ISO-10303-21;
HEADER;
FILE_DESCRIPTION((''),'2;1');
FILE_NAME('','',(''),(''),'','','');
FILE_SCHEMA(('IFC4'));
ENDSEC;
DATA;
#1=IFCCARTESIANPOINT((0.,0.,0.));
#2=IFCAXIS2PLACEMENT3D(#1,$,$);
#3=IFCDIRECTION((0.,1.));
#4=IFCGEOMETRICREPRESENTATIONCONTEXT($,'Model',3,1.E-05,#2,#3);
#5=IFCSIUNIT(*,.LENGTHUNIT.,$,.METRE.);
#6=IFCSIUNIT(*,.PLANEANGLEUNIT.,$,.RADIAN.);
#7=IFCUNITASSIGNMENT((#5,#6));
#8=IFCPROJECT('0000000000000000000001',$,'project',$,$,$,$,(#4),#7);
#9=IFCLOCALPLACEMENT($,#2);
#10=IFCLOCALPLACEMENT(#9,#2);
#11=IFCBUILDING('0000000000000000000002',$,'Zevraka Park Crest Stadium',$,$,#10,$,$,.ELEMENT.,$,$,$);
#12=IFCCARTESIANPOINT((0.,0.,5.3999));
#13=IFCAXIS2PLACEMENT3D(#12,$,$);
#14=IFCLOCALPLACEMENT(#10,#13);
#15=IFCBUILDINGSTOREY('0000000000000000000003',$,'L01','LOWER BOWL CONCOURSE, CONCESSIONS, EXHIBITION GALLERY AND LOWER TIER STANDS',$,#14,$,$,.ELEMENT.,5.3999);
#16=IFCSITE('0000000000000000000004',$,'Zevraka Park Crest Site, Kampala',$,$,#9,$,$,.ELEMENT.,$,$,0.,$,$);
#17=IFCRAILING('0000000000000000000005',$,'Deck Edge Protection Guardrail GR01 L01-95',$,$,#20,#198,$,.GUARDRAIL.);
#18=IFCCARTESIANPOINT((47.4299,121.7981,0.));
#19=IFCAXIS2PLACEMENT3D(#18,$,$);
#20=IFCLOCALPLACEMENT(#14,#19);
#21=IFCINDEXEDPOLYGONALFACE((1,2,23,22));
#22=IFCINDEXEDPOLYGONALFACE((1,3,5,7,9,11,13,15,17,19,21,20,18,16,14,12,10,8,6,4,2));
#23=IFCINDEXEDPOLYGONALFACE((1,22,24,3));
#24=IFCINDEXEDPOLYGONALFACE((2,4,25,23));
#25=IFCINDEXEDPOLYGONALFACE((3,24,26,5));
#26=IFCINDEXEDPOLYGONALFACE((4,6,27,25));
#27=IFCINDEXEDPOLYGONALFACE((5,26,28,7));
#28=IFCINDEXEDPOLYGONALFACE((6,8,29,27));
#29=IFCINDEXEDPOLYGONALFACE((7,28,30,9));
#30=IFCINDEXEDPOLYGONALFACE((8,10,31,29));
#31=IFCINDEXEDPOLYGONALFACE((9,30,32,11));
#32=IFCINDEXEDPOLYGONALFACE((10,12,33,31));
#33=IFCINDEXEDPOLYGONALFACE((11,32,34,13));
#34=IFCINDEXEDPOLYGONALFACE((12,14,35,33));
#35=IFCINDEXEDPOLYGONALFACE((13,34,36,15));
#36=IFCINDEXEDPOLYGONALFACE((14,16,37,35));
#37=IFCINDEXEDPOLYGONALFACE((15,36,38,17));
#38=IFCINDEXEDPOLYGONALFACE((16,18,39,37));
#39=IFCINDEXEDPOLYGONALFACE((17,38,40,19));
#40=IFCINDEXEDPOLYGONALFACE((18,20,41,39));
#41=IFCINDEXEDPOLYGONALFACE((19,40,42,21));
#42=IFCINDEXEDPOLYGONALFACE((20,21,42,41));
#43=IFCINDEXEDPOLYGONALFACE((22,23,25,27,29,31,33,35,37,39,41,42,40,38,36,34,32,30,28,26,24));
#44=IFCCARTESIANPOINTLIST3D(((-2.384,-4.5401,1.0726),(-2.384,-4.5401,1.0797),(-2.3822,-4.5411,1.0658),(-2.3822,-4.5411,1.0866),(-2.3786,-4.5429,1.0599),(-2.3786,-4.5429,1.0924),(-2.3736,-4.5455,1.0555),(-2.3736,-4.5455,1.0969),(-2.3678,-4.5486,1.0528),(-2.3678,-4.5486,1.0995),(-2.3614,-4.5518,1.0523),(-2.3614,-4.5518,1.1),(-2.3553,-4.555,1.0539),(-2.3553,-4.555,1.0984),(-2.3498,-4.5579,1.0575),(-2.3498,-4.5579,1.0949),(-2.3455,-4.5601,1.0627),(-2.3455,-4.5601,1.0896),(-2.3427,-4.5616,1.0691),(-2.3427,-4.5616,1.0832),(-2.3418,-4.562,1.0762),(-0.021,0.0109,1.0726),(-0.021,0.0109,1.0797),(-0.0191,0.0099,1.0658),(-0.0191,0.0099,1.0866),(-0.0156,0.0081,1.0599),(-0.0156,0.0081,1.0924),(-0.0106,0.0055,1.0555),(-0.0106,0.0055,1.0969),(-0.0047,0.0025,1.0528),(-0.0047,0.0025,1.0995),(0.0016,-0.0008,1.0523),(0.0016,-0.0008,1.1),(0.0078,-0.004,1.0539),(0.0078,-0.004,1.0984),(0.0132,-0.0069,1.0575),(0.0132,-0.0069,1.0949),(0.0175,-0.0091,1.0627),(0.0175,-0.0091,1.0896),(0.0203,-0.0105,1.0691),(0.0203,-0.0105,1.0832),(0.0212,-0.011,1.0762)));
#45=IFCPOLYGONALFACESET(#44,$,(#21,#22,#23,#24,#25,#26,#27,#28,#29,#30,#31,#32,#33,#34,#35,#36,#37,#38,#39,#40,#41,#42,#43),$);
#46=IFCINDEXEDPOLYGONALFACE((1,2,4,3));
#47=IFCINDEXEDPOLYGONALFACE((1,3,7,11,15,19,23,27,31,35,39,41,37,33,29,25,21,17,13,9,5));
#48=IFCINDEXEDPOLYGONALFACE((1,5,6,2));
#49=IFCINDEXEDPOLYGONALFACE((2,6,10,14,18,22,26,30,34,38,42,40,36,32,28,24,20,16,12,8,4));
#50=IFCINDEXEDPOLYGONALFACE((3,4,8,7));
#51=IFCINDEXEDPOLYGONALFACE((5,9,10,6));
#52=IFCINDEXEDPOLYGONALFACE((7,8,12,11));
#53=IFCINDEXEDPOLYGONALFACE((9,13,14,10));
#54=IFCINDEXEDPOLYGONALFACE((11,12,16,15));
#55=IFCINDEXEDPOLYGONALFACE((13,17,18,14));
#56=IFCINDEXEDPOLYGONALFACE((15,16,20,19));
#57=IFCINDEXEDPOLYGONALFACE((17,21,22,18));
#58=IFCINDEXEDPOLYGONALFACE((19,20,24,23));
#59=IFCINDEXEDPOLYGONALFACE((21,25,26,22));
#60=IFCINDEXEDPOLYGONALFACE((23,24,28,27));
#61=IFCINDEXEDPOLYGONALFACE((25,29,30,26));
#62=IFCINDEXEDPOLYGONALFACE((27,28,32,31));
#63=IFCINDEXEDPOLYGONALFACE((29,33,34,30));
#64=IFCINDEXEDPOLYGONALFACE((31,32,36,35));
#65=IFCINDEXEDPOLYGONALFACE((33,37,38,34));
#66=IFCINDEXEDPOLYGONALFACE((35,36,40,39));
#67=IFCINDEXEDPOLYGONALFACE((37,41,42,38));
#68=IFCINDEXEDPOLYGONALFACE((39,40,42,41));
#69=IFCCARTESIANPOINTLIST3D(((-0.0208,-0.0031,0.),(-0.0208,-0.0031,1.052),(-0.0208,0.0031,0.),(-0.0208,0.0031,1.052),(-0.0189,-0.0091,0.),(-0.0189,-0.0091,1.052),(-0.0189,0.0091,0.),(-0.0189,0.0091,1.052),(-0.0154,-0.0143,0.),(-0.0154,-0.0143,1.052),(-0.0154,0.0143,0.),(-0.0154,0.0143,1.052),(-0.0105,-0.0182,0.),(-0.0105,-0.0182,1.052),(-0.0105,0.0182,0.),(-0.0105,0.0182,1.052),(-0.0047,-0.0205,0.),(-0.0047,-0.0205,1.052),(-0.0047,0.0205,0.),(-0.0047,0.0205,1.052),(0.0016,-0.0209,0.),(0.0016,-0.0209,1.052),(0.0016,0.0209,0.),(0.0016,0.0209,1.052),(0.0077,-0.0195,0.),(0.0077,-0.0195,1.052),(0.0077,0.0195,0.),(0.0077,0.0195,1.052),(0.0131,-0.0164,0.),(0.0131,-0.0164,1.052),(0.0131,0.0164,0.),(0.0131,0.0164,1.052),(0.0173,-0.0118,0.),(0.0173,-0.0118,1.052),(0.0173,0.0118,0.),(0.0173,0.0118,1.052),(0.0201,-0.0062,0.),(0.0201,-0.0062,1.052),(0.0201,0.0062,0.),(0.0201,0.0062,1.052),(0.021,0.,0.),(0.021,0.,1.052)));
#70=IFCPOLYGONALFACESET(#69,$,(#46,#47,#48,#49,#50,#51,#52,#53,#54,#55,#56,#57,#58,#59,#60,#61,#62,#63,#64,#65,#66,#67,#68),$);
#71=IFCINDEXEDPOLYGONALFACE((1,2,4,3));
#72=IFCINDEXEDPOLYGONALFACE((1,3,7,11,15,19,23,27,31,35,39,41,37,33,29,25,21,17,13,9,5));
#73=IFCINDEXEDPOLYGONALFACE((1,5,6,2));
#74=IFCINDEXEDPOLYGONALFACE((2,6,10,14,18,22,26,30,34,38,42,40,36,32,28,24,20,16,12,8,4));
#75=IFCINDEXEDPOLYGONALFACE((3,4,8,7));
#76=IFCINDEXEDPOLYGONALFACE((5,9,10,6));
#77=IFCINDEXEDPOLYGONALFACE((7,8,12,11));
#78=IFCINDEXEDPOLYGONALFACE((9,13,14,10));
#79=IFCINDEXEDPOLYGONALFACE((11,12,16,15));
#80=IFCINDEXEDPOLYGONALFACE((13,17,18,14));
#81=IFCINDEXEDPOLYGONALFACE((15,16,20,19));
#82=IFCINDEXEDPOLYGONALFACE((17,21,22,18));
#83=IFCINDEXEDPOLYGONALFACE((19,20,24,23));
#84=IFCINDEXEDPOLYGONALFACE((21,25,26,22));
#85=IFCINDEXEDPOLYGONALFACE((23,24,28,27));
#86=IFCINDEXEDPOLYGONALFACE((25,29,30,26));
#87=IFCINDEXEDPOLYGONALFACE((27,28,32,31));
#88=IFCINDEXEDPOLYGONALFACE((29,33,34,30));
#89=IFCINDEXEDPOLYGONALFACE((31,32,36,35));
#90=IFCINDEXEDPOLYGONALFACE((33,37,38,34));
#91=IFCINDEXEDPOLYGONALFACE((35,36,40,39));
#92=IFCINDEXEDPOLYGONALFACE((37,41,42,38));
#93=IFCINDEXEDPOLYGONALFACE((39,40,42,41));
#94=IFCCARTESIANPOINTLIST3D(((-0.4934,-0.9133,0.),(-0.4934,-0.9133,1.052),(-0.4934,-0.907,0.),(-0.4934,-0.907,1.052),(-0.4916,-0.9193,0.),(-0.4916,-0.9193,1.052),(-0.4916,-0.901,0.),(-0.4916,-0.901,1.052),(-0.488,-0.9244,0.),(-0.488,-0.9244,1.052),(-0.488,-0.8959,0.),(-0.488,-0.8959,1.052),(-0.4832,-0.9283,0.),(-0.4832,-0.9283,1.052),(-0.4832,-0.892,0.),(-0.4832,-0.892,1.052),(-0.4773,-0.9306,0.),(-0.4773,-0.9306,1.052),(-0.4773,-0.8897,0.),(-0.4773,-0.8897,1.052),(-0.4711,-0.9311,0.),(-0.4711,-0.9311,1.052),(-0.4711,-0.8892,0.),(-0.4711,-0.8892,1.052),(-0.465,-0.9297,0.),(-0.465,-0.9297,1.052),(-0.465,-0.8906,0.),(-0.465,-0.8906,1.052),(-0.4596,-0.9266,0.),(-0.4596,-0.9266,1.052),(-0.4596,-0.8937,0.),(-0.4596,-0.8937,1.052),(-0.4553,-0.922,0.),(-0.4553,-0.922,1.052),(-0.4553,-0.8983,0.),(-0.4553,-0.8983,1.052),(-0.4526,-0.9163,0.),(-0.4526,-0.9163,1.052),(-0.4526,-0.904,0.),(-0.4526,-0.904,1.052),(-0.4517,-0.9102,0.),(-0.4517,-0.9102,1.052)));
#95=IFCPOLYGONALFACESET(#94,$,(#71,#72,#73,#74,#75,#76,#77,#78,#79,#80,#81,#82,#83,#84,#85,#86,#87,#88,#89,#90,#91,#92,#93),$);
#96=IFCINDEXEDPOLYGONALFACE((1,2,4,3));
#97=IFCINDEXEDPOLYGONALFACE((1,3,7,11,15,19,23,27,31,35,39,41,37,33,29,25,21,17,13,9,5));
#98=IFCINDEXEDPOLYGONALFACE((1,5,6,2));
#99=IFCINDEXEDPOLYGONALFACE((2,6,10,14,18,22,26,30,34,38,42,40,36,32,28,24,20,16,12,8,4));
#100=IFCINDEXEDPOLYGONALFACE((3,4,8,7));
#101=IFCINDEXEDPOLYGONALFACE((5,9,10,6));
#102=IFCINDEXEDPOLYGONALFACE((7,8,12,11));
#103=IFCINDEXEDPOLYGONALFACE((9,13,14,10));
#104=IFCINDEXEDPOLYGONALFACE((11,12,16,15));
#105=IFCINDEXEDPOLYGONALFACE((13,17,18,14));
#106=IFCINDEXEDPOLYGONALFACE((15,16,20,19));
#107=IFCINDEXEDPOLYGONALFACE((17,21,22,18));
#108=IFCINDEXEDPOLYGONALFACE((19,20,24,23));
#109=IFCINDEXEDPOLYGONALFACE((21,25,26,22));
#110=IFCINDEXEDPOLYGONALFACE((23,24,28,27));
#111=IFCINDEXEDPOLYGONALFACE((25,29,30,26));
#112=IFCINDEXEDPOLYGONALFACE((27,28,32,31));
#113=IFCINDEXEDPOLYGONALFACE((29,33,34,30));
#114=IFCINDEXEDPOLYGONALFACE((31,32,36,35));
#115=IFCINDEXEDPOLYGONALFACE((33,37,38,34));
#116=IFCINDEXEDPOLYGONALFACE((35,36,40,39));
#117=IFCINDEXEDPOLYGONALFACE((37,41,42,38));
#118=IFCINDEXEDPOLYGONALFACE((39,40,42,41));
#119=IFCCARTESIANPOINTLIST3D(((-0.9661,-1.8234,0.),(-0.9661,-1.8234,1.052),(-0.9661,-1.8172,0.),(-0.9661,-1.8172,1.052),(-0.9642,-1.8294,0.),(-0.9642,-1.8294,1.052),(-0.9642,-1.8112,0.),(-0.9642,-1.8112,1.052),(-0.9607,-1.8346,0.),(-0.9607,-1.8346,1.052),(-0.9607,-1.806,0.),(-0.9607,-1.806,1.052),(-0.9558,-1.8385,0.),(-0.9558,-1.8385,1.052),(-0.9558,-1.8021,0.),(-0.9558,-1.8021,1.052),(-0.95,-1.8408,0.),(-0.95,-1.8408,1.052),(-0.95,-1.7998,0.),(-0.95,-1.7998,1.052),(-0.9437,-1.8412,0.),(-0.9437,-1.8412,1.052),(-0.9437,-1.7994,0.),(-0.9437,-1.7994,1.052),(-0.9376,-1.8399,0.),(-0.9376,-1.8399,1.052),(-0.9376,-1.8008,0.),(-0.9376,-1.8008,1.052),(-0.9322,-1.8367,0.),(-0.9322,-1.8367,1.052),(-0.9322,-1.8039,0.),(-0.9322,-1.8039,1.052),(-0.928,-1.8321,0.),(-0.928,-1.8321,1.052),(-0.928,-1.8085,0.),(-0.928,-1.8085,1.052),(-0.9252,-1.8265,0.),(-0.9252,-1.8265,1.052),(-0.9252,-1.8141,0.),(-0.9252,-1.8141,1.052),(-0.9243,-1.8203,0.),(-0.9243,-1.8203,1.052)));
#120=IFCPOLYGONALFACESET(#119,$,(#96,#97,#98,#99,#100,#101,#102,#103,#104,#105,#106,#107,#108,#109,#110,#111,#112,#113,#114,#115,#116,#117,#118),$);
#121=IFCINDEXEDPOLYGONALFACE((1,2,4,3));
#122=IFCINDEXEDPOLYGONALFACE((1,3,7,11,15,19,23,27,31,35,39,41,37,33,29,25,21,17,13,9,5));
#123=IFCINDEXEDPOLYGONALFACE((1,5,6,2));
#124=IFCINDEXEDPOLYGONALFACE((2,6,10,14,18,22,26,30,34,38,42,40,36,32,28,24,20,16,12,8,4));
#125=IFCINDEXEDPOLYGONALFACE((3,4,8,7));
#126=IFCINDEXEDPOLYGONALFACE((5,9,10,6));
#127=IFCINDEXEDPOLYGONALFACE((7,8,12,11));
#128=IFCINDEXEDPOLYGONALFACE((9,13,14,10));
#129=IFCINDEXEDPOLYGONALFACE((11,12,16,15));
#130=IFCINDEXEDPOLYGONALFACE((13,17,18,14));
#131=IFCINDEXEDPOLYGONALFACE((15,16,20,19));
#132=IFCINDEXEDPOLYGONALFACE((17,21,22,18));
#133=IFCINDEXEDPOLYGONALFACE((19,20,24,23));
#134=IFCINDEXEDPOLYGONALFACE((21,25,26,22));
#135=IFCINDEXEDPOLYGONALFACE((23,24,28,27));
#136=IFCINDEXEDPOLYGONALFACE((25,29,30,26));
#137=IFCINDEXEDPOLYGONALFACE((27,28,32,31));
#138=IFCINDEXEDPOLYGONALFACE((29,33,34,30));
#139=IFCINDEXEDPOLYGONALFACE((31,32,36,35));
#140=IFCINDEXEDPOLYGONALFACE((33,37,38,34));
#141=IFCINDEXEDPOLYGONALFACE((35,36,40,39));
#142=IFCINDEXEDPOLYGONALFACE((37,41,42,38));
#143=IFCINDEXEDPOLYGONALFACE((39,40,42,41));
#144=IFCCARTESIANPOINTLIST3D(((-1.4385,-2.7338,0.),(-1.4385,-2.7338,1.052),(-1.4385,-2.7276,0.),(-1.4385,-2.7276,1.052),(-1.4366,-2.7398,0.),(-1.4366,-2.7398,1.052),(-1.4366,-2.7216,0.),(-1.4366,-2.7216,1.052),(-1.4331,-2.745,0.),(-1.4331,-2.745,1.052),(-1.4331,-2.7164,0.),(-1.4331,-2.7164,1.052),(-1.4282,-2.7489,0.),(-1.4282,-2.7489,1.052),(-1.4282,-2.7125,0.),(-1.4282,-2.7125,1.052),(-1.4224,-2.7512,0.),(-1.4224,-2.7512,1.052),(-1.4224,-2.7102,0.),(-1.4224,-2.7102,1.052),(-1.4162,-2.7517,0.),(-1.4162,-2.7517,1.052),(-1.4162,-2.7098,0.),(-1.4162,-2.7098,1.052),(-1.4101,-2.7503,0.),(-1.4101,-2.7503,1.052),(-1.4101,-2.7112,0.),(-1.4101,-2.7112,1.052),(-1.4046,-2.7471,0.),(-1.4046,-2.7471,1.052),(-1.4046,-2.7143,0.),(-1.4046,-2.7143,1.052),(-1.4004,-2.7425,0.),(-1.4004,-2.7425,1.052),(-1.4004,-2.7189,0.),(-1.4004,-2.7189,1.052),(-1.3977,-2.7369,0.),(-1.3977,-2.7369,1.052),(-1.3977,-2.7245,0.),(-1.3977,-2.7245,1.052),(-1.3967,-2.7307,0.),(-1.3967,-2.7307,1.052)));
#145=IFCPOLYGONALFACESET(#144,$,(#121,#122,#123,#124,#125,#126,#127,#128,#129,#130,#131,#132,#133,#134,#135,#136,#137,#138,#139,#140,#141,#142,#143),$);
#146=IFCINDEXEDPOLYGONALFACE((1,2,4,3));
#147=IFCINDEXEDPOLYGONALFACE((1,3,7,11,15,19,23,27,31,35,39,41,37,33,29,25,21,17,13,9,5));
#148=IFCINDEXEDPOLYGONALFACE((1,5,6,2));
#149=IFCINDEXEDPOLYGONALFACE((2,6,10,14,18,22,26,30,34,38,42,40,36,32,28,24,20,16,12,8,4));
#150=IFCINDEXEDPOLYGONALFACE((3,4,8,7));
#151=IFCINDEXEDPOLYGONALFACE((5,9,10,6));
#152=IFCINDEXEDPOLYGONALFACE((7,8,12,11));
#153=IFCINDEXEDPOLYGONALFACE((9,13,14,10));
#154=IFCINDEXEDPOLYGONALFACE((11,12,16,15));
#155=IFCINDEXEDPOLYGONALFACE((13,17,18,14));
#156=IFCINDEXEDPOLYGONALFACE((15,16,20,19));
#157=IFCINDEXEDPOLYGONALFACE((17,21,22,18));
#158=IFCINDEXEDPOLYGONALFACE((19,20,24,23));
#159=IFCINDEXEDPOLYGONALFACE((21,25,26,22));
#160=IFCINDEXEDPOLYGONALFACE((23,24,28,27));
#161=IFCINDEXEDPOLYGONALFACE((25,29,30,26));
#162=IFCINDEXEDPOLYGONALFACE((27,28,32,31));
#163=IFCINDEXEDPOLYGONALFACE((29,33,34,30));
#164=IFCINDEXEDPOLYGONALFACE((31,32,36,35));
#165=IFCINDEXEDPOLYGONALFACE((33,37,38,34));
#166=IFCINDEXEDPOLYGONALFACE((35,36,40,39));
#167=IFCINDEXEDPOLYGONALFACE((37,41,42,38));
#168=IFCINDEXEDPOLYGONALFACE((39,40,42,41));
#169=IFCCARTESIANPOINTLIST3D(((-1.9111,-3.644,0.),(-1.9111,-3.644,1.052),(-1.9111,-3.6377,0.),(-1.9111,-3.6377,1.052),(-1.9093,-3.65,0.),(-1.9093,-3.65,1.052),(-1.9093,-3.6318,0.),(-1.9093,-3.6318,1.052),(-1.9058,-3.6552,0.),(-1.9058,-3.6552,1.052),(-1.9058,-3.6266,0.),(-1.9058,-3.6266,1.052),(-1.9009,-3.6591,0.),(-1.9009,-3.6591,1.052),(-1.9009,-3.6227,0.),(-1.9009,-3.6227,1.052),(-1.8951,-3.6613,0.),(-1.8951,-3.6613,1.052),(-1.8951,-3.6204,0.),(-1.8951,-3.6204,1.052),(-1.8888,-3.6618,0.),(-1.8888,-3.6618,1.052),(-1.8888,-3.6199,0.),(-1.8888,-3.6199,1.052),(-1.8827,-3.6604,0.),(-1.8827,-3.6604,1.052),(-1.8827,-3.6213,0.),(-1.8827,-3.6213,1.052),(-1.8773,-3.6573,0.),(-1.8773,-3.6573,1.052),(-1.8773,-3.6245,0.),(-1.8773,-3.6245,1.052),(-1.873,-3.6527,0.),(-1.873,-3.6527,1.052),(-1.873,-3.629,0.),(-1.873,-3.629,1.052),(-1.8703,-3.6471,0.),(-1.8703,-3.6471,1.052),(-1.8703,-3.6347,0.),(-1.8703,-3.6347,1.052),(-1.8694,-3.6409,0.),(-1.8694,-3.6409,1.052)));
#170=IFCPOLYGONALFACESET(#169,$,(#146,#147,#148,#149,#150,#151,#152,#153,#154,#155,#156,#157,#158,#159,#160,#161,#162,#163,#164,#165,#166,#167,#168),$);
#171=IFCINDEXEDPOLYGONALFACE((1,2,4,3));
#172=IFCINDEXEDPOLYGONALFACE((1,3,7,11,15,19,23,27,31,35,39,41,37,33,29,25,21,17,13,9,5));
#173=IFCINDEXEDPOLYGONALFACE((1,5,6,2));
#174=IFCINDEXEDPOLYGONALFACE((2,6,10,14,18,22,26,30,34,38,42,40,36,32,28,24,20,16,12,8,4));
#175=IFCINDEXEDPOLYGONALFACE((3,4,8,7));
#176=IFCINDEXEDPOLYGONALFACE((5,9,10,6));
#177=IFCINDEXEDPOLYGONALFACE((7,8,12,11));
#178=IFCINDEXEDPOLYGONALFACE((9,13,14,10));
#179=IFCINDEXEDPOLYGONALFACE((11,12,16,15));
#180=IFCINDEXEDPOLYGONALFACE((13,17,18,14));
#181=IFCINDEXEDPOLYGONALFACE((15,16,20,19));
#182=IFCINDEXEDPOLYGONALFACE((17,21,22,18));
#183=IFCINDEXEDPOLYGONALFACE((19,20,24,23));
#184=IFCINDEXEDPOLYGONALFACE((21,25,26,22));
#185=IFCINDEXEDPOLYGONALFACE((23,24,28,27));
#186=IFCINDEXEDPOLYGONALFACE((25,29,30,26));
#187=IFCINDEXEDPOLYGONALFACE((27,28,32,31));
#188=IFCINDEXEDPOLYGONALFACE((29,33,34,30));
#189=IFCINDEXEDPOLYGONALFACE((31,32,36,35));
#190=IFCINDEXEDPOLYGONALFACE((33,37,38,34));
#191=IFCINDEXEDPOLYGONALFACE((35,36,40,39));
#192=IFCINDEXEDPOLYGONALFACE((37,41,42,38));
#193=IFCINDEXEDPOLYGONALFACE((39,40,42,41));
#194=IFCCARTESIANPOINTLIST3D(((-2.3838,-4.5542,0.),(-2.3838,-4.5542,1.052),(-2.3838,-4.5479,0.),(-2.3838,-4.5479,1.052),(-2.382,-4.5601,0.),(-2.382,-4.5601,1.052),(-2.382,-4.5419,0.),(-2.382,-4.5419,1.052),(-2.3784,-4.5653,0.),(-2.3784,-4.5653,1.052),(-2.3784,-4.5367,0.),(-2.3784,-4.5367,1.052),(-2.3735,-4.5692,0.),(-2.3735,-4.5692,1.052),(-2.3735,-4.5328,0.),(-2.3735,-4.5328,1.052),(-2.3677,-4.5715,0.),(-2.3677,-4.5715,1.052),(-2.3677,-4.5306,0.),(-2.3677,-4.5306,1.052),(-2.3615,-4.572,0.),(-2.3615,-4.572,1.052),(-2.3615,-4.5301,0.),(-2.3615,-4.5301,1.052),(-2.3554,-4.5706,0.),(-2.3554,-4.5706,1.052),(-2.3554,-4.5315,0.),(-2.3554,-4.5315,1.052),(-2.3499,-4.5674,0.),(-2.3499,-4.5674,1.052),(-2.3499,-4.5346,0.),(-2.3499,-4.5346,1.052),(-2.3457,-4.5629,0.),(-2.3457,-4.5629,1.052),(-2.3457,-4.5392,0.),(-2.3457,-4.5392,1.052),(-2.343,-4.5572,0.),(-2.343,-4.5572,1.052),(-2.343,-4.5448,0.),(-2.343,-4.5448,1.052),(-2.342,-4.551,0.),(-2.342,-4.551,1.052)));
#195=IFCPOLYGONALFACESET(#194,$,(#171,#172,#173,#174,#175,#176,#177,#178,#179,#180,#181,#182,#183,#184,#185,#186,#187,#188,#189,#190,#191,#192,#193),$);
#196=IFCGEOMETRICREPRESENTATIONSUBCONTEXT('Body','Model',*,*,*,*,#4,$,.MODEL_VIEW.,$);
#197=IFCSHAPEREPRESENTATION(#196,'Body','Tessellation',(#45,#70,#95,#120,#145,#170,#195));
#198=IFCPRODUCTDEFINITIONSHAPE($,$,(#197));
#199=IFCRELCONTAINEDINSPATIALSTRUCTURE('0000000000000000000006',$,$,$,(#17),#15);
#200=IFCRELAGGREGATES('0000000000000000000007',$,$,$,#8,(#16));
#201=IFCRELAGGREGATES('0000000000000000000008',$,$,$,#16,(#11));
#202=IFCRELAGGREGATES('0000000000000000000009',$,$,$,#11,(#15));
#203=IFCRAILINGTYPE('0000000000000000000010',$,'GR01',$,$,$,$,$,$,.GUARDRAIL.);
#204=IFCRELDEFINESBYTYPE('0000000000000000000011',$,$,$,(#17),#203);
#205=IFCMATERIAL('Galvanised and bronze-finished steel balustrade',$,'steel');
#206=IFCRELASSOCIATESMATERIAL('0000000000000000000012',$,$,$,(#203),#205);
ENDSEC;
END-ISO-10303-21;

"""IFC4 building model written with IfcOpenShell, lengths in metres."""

from ifc_helpers import new_model, si_unit, direction, frame, origin, origin_2d, place, context, subcontext, project, spatial, circle, extrude, material, type_object, element, save


model = new_model("IFC4")

# Units and contexts
model_context = context("Model", 3, precision=1e-05, world=origin(), true_north=direction((0.0, 1.0)))
body_context = subcontext(model_context, "Body", "Model", "MODEL_VIEW")
ifc_project = project(units=[si_unit("LENGTHUNIT", "METRE"), si_unit("PLANEANGLEUNIT", "RADIAN")], contexts=[model_context])

# Site, building, storey
site_placement = place(None, origin())
site = spatial("IfcSite", under=ifc_project, at=site_placement, Name="Zevraka Park Crest Site, Kampala", CompositionType="ELEMENT", RefElevation=0.0)
building_placement = place(site_placement, origin())
building = spatial("IfcBuilding", under=site, at=building_placement, Name="Zevraka Park Crest Stadium", CompositionType="ELEMENT")
storey_placement = place(building_placement, frame((0.0, 0.0, 5.3999)))
storey = spatial("IfcBuildingStorey", under=building, at=storey_placement, Name="L01", Description="LOWER BOWL CONCOURSE, CONCESSIONS, EXHIBITION GALLERY AND LOWER TIER STANDS", CompositionType="ELEMENT", Elevation=5.3999)

# Railing
ifc_material_1 = material(Name="Galvanised and bronze-finished steel balustrade", Category="steel")
railing_type_1 = type_object("IfcRailingType", Name="GR01", PredefinedType="GUARDRAIL", material=ifc_material_1)
railing_1_placement = place(storey_placement, frame((47.4299, 121.7981, 0.0)))
element("IfcRailing", 1, at=railing_1_placement, inside=storey, type_object=railing_type_1, Name="Deck Edge Protection Guardrail GR01 L01-95", PredefinedType="GUARDRAIL", context=body_context, shape_type="SweptSolid", body=[
    extrude(circle(Radius=0.0239, at=origin_2d()), frame((0.0, 0.0, 1.0762), z_axis=(-0.460816, -0.887496, 0.0), x_axis=(0.887496, -0.460816, 0.0)), (0.0, 0.0, 1.0), 5.1279),
    extrude(circle(Radius=0.021, at=origin_2d()), origin(), (0.0, 0.0, 1.0), 1.052),
    extrude(circle(Radius=0.021, at=origin_2d()), frame((-0.4727, -0.9102, 0.0)), (0.0, 0.0, 1.0), 1.052),
    extrude(circle(Radius=0.021, at=origin_2d()), frame((-0.9453, -1.8203, 0.0)), (0.0, 0.0, 1.0), 1.052),
    extrude(circle(Radius=0.021, at=origin_2d()), frame((-1.4177, -2.7307, 0.0)), (0.0, 0.0, 1.0), 1.052),
    extrude(circle(Radius=0.021, at=origin_2d()), frame((-1.8904, -3.6409, 0.0)), (0.0, 0.0, 1.0), 1.052),
    extrude(circle(Radius=0.021, at=origin_2d()), frame((-2.363, -4.551, 0.0)), (0.0, 0.0, 1.0), 1.052),
])

save(model, "model.ifc")
